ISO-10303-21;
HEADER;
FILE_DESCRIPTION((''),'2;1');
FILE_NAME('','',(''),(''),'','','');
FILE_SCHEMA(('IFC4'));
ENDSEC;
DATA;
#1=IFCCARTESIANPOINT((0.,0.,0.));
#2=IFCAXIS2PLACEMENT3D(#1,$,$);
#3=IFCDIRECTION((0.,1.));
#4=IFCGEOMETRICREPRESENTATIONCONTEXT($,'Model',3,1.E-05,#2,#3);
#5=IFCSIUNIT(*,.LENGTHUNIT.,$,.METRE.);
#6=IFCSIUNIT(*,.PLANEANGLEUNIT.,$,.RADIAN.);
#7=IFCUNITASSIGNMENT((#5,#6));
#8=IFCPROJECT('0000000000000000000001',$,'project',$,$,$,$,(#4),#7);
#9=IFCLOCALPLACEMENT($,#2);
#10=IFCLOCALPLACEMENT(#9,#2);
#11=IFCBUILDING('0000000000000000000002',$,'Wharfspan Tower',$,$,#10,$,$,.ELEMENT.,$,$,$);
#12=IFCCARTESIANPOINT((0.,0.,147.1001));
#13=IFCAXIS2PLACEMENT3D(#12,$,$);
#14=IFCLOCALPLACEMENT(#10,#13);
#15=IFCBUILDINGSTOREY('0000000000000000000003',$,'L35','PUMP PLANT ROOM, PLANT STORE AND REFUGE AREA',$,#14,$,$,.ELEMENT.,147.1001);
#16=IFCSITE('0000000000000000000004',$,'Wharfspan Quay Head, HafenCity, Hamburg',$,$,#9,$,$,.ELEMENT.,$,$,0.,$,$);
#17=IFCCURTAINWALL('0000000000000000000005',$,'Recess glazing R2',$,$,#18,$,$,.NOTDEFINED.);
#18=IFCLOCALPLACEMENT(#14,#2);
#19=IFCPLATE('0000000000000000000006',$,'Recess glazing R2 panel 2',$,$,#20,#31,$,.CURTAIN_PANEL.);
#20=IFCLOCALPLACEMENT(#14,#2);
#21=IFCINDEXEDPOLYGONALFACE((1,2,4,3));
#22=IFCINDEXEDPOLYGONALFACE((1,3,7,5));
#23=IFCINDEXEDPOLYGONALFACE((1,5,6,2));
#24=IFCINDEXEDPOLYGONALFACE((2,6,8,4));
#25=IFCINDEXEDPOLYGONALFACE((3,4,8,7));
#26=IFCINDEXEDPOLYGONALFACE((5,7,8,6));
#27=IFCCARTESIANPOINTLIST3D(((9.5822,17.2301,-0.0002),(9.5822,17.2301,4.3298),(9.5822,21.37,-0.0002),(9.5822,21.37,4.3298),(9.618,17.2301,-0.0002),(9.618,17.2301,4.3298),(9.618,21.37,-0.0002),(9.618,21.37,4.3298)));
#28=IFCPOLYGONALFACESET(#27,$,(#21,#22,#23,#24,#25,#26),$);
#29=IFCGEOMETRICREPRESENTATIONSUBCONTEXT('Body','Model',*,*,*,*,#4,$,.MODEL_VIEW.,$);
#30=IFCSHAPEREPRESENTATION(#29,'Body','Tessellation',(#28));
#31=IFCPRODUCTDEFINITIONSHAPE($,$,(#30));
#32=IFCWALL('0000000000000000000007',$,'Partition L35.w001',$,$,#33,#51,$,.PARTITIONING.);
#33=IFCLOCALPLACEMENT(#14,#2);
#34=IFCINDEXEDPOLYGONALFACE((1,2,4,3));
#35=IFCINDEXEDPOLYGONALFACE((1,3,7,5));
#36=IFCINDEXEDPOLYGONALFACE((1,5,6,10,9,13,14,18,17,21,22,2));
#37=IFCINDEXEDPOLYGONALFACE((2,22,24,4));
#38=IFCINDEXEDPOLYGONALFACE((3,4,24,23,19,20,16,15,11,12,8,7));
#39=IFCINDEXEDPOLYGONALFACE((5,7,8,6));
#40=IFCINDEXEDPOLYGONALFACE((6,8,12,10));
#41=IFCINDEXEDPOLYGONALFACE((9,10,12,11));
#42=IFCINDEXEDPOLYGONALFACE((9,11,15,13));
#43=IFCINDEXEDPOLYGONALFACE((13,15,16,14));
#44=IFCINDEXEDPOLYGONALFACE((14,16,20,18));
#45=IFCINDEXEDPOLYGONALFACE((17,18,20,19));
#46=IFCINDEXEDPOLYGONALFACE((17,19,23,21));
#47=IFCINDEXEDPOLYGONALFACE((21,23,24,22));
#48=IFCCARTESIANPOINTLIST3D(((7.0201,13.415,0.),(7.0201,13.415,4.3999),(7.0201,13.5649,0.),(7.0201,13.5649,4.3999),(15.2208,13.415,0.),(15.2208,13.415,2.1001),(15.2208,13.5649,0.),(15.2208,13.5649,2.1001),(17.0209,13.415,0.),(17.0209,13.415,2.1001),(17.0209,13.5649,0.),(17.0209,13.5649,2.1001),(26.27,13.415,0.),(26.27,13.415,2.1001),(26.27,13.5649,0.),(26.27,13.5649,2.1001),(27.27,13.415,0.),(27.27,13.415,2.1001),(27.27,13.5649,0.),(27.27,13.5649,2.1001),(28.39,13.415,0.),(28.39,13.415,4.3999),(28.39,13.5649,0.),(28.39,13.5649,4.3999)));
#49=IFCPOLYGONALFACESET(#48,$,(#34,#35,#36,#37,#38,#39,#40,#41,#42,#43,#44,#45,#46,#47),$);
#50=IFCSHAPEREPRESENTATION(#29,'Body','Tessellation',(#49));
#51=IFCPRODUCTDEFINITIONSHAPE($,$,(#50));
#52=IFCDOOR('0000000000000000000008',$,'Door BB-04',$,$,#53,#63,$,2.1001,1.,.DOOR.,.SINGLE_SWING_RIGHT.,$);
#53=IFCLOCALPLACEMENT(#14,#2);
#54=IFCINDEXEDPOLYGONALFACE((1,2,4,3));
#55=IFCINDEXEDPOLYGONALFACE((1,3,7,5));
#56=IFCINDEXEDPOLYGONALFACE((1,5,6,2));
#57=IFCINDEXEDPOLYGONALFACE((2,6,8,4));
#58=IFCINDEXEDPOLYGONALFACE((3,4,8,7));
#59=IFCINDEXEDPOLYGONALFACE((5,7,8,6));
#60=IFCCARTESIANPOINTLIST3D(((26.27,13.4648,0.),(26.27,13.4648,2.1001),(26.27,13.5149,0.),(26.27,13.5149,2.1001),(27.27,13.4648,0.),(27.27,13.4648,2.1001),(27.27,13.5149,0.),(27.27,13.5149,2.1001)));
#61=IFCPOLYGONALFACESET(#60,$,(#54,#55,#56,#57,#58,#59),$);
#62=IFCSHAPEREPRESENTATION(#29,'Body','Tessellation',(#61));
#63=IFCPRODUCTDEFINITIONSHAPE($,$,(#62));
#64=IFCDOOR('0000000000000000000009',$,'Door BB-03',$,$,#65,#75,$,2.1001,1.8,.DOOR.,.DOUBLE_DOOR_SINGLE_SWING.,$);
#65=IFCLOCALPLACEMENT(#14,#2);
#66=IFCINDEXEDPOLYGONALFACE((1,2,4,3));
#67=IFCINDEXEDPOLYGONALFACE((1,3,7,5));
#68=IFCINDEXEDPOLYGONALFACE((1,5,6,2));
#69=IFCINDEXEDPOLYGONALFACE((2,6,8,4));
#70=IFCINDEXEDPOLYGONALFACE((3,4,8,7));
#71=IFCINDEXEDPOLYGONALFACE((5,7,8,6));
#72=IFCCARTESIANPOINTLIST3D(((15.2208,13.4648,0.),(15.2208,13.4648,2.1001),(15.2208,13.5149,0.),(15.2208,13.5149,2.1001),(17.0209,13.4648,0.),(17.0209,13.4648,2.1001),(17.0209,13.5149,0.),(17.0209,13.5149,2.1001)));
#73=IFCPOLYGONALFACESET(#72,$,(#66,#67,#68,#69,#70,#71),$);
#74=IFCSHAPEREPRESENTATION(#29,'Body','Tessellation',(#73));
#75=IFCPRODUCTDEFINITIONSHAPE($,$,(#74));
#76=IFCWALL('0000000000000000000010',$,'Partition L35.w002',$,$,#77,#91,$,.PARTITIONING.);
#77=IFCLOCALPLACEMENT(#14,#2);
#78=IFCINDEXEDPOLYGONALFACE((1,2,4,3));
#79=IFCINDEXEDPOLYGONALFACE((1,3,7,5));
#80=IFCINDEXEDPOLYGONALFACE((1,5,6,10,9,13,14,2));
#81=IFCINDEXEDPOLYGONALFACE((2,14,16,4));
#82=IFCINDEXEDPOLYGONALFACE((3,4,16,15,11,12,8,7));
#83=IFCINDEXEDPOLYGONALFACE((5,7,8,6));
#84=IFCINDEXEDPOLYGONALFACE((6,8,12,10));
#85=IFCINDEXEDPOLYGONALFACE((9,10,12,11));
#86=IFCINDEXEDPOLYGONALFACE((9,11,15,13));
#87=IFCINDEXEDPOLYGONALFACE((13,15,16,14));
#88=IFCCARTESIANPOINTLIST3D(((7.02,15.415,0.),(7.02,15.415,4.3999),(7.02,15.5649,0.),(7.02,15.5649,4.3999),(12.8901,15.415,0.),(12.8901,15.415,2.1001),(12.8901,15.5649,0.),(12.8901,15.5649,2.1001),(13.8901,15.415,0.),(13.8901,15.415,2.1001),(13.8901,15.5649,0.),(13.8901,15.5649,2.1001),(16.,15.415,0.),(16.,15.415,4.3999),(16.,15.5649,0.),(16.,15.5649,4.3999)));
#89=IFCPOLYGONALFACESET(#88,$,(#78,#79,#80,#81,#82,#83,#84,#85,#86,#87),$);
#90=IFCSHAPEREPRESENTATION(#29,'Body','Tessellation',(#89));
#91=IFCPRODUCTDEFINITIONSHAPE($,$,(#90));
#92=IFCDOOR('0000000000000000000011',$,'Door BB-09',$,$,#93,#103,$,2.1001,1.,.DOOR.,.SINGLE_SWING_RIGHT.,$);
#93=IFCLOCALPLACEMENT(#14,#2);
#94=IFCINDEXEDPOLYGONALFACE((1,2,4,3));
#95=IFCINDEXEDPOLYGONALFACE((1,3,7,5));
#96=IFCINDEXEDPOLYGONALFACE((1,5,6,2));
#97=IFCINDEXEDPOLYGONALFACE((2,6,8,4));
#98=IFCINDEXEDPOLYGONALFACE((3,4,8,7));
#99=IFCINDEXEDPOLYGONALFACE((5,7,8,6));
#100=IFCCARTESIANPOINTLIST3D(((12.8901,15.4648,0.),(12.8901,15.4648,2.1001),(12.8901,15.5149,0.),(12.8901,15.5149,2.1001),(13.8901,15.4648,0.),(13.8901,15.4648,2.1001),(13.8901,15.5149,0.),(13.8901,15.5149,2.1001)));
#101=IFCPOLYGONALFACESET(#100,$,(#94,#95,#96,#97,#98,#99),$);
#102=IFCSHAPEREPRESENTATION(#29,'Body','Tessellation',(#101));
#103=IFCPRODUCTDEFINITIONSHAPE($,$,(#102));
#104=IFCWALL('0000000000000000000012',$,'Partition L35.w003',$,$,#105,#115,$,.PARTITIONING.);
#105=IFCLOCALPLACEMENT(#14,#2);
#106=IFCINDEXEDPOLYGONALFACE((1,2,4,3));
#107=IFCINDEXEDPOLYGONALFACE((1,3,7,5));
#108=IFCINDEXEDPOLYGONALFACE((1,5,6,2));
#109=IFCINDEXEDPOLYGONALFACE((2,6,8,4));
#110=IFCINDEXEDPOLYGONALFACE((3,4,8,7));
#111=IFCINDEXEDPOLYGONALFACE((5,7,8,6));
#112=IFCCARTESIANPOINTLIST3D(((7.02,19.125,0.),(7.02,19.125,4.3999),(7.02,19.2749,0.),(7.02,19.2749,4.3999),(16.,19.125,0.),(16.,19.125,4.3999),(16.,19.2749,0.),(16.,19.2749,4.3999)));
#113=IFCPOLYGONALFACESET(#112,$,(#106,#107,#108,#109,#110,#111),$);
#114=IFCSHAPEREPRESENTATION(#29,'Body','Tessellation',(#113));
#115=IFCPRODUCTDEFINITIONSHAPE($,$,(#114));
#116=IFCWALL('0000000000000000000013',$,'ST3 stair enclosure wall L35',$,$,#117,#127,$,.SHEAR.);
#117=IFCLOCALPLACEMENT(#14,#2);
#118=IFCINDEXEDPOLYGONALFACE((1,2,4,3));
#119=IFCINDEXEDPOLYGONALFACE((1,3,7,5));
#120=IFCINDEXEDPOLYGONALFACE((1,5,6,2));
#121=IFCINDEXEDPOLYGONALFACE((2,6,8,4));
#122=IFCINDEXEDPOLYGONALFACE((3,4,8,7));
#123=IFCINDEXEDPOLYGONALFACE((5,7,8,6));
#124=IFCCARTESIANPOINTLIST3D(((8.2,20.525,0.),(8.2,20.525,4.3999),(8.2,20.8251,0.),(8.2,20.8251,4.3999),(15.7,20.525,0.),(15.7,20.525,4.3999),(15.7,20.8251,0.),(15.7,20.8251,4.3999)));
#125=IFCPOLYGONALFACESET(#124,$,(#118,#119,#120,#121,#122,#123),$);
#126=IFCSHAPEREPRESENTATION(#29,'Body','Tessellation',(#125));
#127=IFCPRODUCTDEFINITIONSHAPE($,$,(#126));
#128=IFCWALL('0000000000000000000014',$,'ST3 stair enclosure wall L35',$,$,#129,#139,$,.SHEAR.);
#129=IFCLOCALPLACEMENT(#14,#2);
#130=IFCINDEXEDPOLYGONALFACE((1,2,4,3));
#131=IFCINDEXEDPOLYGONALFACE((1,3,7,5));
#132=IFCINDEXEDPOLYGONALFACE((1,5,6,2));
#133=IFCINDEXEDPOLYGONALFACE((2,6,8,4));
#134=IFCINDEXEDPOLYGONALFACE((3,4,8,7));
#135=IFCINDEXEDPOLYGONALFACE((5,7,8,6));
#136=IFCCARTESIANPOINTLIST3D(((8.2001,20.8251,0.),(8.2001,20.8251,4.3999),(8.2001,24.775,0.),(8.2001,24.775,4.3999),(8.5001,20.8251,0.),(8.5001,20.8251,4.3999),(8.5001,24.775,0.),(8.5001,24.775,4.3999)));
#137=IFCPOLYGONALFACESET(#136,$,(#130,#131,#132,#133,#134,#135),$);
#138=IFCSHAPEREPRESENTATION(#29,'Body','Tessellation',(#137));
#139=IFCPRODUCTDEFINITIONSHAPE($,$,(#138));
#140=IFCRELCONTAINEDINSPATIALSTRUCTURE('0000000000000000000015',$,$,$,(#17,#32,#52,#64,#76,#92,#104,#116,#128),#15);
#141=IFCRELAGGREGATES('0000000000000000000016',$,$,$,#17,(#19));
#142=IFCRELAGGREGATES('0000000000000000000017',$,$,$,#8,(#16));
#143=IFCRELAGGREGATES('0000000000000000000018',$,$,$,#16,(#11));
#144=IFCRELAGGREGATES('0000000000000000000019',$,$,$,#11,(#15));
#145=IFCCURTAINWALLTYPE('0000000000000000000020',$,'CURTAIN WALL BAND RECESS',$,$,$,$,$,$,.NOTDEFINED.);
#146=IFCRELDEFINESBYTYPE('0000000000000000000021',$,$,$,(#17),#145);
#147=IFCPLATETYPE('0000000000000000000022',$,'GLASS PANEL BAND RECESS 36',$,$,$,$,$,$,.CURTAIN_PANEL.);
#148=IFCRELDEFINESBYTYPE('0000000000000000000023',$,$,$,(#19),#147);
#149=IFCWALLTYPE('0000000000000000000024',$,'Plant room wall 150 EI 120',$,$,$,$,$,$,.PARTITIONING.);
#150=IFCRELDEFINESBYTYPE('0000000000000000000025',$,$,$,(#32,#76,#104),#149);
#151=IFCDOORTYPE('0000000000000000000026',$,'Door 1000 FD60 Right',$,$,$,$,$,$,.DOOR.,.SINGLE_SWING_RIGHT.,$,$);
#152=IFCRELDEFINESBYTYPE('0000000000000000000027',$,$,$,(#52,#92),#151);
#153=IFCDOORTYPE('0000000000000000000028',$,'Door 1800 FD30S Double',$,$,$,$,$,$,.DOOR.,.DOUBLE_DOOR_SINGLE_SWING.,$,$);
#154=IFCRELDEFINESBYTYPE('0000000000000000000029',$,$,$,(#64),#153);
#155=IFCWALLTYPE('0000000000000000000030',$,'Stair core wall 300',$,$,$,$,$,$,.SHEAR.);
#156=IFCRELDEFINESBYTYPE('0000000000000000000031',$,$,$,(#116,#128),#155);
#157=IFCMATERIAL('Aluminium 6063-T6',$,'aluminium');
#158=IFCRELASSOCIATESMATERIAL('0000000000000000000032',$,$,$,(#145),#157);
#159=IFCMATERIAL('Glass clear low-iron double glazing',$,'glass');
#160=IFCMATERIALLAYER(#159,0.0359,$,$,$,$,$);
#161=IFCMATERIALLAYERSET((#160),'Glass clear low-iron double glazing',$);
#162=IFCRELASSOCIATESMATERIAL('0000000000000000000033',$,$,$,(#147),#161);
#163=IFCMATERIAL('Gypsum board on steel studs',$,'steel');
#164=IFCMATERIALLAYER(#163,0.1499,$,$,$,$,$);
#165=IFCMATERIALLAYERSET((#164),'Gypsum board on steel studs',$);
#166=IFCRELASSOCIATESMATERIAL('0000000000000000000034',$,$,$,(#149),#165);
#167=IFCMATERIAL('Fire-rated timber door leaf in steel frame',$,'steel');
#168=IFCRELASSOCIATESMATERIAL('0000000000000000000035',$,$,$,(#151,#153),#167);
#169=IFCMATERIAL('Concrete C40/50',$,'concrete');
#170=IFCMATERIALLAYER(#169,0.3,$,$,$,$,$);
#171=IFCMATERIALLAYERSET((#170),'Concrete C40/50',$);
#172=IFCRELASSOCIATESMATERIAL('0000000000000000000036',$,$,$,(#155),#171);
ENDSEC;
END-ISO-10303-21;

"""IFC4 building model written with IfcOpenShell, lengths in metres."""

from ifc_helpers import new_model, si_unit, direction, frame, frame_2d, origin, origin_2d, place, context, subcontext, project, spatial, rectangle, extrude, material, layer, layer_set, type_object, element, fill, aggregate, save


model = new_model("IFC4")

# Units and contexts
model_context = context("Model", 3, precision=1e-05, world=origin(), true_north=direction((0.0, 1.0)))
body_context = subcontext(model_context, "Body", "Model", "MODEL_VIEW")
ifc_project = project(units=[si_unit("LENGTHUNIT", "METRE"), si_unit("PLANEANGLEUNIT", "RADIAN")], contexts=[model_context])

# Site, building, storey
site_placement = place(None, origin())
site = spatial("IfcSite", under=ifc_project, at=site_placement, Name="Wharfspan Quay Head, HafenCity, Hamburg", CompositionType="ELEMENT", RefElevation=0.0)
building_placement = place(site_placement, origin())
building = spatial("IfcBuilding", under=site, at=building_placement, Name="Wharfspan Tower", CompositionType="ELEMENT")
storey_placement = place(building_placement, frame((0.0, 0.0, 147.1001)))
storey = spatial("IfcBuildingStorey", under=building, at=storey_placement, Name="L35", Description="PUMP PLANT ROOM, PLANT STORE AND REFUGE AREA", CompositionType="ELEMENT", Elevation=147.1001)

# Curtain wall
ifc_material_1 = material(Name="Aluminium 6063-T6", Category="aluminium")
curtain_wall_type = type_object("IfcCurtainWallType", Name="CURTAIN WALL BAND RECESS", PredefinedType="NOTDEFINED", material=ifc_material_1)
curtain_wall_1_placement = place(storey_placement, origin())
curtain_wall_1 = element("IfcCurtainWall", 1, at=curtain_wall_1_placement, inside=storey, type_object=curtain_wall_type, Name="Recess glazing R2", PredefinedType="NOTDEFINED")

# Plate
ifc_material_2 = material(Name="Glass clear low-iron double glazing", Category="glass")
ifc_layer_1 = layer(ifc_material_2, 0.0359)
ifc_layer_set_1 = layer_set([ifc_layer_1], Name="Glass clear low-iron double glazing")
plate_type = type_object("IfcPlateType", Name="GLASS PANEL BAND RECESS 36", PredefinedType="CURTAIN_PANEL", material=ifc_layer_set_1)
plate_1_placement = place(storey_placement, frame((9.6001, 19.3, -0.0002), z_axis=(0.0, 0.0, 1.0), x_axis=(0.0, 1.0, 0.0)))
plate_1 = element("IfcPlate", 2, at=plate_1_placement, type_object=plate_type, Name="Recess glazing R2 panel 2", PredefinedType="CURTAIN_PANEL", context=body_context, shape_type="SweptSolid", body=[
    extrude(rectangle(XDim=4.1399, YDim=0.0359, at=origin_2d()), origin(), (0.0, 0.0, 1.0), 4.3301),
])
aggregate(curtain_wall_1, [plate_1])

# Wall, openings, doors
ifc_material_3 = material(Name="Gypsum board on steel studs", Category="steel")
ifc_layer_2 = layer(ifc_material_3, 0.1499)
ifc_layer_set_2 = layer_set([ifc_layer_2], Name="Gypsum board on steel studs")
wall_type_1 = type_object("IfcWallType", Name="Plant room wall 150 EI 120", PredefinedType="PARTITIONING", material=ifc_layer_set_2)
wall_1_placement = place(storey_placement, frame((7.02, 13.49, 0.0), z_axis=(0.0, 0.0, 1.0), x_axis=(1.0, 0.0, 0.0)))
wall_1 = element("IfcWall", 3, at=wall_1_placement, inside=storey, type_object=wall_type_1, Name="Partition L35.w001", PredefinedType="PARTITIONING", context=body_context, shape_type="SweptSolid", body=[
    extrude(rectangle(XDim=21.3699, YDim=0.1499, at=frame_2d((10.6851, 0.0))), origin(), (0.0, 0.0, 1.0), 4.3999),
])
opening_1_placement = place(wall_1_placement, frame((8.2009, 0.0, 0.0)))
opening_1 = element("IfcOpeningElement", 4, at=opening_1_placement, cuts=wall_1, PredefinedType="OPENING", context=body_context, shape_type="SweptSolid", body=[
    extrude(rectangle(XDim=1.8, YDim=2.1001, at=frame_2d((0.8999, 1.05))), frame((0.0, 0.085, 0.0), z_axis=(0.0, -1.0, 0.0), x_axis=(1.0, 0.0, 0.0)), (0.0, 0.0, 1.0), 0.1699),
])
opening_2_placement = place(wall_1_placement, frame((19.25, 0.0, 0.0)))
opening_2 = element("IfcOpeningElement", 5, at=opening_2_placement, cuts=wall_1, PredefinedType="OPENING", context=body_context, shape_type="SweptSolid", body=[
    extrude(rectangle(XDim=1.0, YDim=2.1001, at=frame_2d((0.5, 1.05))), frame((0.0, 0.085, 0.0), z_axis=(0.0, -1.0, 0.0), x_axis=(1.0, 0.0, 0.0)), (0.0, 0.0, 1.0), 0.1699),
])
ifc_material_4 = material(Name="Fire-rated timber door leaf in steel frame", Category="steel")
door_type_1 = type_object("IfcDoorType", Name="Door 1000 FD60 Right", OperationType="SINGLE_SWING_RIGHT", PredefinedType="DOOR", material=ifc_material_4)
door_1_placement = place(opening_2_placement, origin())
door_1 = element("IfcDoor", 6, at=door_1_placement, inside=storey, type_object=door_type_1, Name="Door BB-04", OperationType="SINGLE_SWING_RIGHT", OverallHeight=2.1001, OverallWidth=1.0, PredefinedType="DOOR", context=body_context, shape_type="SweptSolid", body=[
    extrude(rectangle(XDim=1.0, YDim=2.1001, at=frame_2d((0.5, 1.05))), frame((0.0, 0.0249, 0.0), z_axis=(0.0, -1.0, 0.0), x_axis=(1.0, 0.0, 0.0)), (0.0, 0.0, 1.0), 0.05),
])
fill(opening_2, door_1)
door_type_2 = type_object("IfcDoorType", Name="Door 1800 FD30S Double", OperationType="DOUBLE_DOOR_SINGLE_SWING", PredefinedType="DOOR", material=ifc_material_4)
door_2_placement = place(opening_1_placement, origin())
door_2 = element("IfcDoor", 7, at=door_2_placement, inside=storey, type_object=door_type_2, Name="Door BB-03", OperationType="DOUBLE_DOOR_SINGLE_SWING", OverallHeight=2.1001, OverallWidth=1.8, PredefinedType="DOOR", context=body_context, shape_type="SweptSolid", body=[
    extrude(rectangle(XDim=1.8, YDim=2.1001, at=frame_2d((0.8999, 1.05))), frame((0.0, 0.0249, 0.0), z_axis=(0.0, -1.0, 0.0), x_axis=(1.0, 0.0, 0.0)), (0.0, 0.0, 1.0), 0.05),
])
fill(opening_1, door_2)

# Wall, opening, door
wall_2_placement = place(storey_placement, frame((7.02, 15.49, 0.0), z_axis=(0.0, 0.0, 1.0), x_axis=(1.0, 0.0, 0.0)))
wall_2 = element("IfcWall", 8, at=wall_2_placement, inside=storey, type_object=wall_type_1, Name="Partition L35.w002", PredefinedType="PARTITIONING", context=body_context, shape_type="SweptSolid", body=[
    extrude(rectangle(XDim=8.98, YDim=0.1499, at=frame_2d((4.49, 0.0))), origin(), (0.0, 0.0, 1.0), 4.3999),
])
opening_3_placement = place(wall_2_placement, frame((5.8701, 0.0, 0.0)))
opening_3 = element("IfcOpeningElement", 9, at=opening_3_placement, cuts=wall_2, PredefinedType="OPENING", context=body_context, shape_type="SweptSolid", body=[
    extrude(rectangle(XDim=1.0, YDim=2.1001, at=frame_2d((0.5, 1.05))), frame((0.0, 0.085, 0.0), z_axis=(0.0, -1.0, 0.0), x_axis=(1.0, 0.0, 0.0)), (0.0, 0.0, 1.0), 0.1699),
])
door_3_placement = place(opening_3_placement, origin())
door_3 = element("IfcDoor", 10, at=door_3_placement, inside=storey, type_object=door_type_1, Name="Door BB-09", OperationType="SINGLE_SWING_RIGHT", OverallHeight=2.1001, OverallWidth=1.0, PredefinedType="DOOR", context=body_context, shape_type="SweptSolid", body=[
    extrude(rectangle(XDim=1.0, YDim=2.1001, at=frame_2d((0.5, 1.05))), frame((0.0, 0.0249, 0.0), z_axis=(0.0, -1.0, 0.0), x_axis=(1.0, 0.0, 0.0)), (0.0, 0.0, 1.0), 0.05),
])
fill(opening_3, door_3)

# Walls
wall_3_placement = place(storey_placement, frame((7.02, 19.2, 0.0), z_axis=(0.0, 0.0, 1.0), x_axis=(1.0, 0.0, 0.0)))
element("IfcWall", 11, at=wall_3_placement, inside=storey, type_object=wall_type_1, Name="Partition L35.w003", PredefinedType="PARTITIONING", context=body_context, shape_type="SweptSolid", body=[
    extrude(rectangle(XDim=8.98, YDim=0.1499, at=frame_2d((4.49, 0.0))), origin(), (0.0, 0.0, 1.0), 4.3999),
])
ifc_material_5 = material(Name="Concrete C40/50", Category="concrete")
ifc_layer_3 = layer(ifc_material_5, 0.3)
ifc_layer_set_3 = layer_set([ifc_layer_3], Name="Concrete C40/50")
wall_type_2 = type_object("IfcWallType", Name="Stair core wall 300", PredefinedType="SHEAR", material=ifc_layer_set_3)
wall_4_placement = place(storey_placement, frame((8.2, 20.675, 0.0), z_axis=(0.0, 0.0, 1.0), x_axis=(1.0, 0.0, 0.0)))
element("IfcWall", 12, at=wall_4_placement, inside=storey, type_object=wall_type_2, Name="ST3 stair enclosure wall L35", PredefinedType="SHEAR", context=body_context, shape_type="SweptSolid", body=[
    extrude(rectangle(XDim=7.5, YDim=0.3, at=frame_2d((3.75, 0.0))), origin(), (0.0, 0.0, 1.0), 4.3999),
])
wall_5_placement = place(storey_placement, frame((8.3501, 20.825, 0.0), z_axis=(0.0, 0.0, 1.0), x_axis=(0.0, 1.0, 0.0)))
element("IfcWall", 13, at=wall_5_placement, inside=storey, type_object=wall_type_2, Name="ST3 stair enclosure wall L35", PredefinedType="SHEAR", context=body_context, shape_type="SweptSolid", body=[
    extrude(rectangle(XDim=3.95, YDim=0.3, at=frame_2d((1.9751, 0.0))), origin(), (0.0, 0.0, 1.0), 4.3999),
])

save(model, "model.ifc")
